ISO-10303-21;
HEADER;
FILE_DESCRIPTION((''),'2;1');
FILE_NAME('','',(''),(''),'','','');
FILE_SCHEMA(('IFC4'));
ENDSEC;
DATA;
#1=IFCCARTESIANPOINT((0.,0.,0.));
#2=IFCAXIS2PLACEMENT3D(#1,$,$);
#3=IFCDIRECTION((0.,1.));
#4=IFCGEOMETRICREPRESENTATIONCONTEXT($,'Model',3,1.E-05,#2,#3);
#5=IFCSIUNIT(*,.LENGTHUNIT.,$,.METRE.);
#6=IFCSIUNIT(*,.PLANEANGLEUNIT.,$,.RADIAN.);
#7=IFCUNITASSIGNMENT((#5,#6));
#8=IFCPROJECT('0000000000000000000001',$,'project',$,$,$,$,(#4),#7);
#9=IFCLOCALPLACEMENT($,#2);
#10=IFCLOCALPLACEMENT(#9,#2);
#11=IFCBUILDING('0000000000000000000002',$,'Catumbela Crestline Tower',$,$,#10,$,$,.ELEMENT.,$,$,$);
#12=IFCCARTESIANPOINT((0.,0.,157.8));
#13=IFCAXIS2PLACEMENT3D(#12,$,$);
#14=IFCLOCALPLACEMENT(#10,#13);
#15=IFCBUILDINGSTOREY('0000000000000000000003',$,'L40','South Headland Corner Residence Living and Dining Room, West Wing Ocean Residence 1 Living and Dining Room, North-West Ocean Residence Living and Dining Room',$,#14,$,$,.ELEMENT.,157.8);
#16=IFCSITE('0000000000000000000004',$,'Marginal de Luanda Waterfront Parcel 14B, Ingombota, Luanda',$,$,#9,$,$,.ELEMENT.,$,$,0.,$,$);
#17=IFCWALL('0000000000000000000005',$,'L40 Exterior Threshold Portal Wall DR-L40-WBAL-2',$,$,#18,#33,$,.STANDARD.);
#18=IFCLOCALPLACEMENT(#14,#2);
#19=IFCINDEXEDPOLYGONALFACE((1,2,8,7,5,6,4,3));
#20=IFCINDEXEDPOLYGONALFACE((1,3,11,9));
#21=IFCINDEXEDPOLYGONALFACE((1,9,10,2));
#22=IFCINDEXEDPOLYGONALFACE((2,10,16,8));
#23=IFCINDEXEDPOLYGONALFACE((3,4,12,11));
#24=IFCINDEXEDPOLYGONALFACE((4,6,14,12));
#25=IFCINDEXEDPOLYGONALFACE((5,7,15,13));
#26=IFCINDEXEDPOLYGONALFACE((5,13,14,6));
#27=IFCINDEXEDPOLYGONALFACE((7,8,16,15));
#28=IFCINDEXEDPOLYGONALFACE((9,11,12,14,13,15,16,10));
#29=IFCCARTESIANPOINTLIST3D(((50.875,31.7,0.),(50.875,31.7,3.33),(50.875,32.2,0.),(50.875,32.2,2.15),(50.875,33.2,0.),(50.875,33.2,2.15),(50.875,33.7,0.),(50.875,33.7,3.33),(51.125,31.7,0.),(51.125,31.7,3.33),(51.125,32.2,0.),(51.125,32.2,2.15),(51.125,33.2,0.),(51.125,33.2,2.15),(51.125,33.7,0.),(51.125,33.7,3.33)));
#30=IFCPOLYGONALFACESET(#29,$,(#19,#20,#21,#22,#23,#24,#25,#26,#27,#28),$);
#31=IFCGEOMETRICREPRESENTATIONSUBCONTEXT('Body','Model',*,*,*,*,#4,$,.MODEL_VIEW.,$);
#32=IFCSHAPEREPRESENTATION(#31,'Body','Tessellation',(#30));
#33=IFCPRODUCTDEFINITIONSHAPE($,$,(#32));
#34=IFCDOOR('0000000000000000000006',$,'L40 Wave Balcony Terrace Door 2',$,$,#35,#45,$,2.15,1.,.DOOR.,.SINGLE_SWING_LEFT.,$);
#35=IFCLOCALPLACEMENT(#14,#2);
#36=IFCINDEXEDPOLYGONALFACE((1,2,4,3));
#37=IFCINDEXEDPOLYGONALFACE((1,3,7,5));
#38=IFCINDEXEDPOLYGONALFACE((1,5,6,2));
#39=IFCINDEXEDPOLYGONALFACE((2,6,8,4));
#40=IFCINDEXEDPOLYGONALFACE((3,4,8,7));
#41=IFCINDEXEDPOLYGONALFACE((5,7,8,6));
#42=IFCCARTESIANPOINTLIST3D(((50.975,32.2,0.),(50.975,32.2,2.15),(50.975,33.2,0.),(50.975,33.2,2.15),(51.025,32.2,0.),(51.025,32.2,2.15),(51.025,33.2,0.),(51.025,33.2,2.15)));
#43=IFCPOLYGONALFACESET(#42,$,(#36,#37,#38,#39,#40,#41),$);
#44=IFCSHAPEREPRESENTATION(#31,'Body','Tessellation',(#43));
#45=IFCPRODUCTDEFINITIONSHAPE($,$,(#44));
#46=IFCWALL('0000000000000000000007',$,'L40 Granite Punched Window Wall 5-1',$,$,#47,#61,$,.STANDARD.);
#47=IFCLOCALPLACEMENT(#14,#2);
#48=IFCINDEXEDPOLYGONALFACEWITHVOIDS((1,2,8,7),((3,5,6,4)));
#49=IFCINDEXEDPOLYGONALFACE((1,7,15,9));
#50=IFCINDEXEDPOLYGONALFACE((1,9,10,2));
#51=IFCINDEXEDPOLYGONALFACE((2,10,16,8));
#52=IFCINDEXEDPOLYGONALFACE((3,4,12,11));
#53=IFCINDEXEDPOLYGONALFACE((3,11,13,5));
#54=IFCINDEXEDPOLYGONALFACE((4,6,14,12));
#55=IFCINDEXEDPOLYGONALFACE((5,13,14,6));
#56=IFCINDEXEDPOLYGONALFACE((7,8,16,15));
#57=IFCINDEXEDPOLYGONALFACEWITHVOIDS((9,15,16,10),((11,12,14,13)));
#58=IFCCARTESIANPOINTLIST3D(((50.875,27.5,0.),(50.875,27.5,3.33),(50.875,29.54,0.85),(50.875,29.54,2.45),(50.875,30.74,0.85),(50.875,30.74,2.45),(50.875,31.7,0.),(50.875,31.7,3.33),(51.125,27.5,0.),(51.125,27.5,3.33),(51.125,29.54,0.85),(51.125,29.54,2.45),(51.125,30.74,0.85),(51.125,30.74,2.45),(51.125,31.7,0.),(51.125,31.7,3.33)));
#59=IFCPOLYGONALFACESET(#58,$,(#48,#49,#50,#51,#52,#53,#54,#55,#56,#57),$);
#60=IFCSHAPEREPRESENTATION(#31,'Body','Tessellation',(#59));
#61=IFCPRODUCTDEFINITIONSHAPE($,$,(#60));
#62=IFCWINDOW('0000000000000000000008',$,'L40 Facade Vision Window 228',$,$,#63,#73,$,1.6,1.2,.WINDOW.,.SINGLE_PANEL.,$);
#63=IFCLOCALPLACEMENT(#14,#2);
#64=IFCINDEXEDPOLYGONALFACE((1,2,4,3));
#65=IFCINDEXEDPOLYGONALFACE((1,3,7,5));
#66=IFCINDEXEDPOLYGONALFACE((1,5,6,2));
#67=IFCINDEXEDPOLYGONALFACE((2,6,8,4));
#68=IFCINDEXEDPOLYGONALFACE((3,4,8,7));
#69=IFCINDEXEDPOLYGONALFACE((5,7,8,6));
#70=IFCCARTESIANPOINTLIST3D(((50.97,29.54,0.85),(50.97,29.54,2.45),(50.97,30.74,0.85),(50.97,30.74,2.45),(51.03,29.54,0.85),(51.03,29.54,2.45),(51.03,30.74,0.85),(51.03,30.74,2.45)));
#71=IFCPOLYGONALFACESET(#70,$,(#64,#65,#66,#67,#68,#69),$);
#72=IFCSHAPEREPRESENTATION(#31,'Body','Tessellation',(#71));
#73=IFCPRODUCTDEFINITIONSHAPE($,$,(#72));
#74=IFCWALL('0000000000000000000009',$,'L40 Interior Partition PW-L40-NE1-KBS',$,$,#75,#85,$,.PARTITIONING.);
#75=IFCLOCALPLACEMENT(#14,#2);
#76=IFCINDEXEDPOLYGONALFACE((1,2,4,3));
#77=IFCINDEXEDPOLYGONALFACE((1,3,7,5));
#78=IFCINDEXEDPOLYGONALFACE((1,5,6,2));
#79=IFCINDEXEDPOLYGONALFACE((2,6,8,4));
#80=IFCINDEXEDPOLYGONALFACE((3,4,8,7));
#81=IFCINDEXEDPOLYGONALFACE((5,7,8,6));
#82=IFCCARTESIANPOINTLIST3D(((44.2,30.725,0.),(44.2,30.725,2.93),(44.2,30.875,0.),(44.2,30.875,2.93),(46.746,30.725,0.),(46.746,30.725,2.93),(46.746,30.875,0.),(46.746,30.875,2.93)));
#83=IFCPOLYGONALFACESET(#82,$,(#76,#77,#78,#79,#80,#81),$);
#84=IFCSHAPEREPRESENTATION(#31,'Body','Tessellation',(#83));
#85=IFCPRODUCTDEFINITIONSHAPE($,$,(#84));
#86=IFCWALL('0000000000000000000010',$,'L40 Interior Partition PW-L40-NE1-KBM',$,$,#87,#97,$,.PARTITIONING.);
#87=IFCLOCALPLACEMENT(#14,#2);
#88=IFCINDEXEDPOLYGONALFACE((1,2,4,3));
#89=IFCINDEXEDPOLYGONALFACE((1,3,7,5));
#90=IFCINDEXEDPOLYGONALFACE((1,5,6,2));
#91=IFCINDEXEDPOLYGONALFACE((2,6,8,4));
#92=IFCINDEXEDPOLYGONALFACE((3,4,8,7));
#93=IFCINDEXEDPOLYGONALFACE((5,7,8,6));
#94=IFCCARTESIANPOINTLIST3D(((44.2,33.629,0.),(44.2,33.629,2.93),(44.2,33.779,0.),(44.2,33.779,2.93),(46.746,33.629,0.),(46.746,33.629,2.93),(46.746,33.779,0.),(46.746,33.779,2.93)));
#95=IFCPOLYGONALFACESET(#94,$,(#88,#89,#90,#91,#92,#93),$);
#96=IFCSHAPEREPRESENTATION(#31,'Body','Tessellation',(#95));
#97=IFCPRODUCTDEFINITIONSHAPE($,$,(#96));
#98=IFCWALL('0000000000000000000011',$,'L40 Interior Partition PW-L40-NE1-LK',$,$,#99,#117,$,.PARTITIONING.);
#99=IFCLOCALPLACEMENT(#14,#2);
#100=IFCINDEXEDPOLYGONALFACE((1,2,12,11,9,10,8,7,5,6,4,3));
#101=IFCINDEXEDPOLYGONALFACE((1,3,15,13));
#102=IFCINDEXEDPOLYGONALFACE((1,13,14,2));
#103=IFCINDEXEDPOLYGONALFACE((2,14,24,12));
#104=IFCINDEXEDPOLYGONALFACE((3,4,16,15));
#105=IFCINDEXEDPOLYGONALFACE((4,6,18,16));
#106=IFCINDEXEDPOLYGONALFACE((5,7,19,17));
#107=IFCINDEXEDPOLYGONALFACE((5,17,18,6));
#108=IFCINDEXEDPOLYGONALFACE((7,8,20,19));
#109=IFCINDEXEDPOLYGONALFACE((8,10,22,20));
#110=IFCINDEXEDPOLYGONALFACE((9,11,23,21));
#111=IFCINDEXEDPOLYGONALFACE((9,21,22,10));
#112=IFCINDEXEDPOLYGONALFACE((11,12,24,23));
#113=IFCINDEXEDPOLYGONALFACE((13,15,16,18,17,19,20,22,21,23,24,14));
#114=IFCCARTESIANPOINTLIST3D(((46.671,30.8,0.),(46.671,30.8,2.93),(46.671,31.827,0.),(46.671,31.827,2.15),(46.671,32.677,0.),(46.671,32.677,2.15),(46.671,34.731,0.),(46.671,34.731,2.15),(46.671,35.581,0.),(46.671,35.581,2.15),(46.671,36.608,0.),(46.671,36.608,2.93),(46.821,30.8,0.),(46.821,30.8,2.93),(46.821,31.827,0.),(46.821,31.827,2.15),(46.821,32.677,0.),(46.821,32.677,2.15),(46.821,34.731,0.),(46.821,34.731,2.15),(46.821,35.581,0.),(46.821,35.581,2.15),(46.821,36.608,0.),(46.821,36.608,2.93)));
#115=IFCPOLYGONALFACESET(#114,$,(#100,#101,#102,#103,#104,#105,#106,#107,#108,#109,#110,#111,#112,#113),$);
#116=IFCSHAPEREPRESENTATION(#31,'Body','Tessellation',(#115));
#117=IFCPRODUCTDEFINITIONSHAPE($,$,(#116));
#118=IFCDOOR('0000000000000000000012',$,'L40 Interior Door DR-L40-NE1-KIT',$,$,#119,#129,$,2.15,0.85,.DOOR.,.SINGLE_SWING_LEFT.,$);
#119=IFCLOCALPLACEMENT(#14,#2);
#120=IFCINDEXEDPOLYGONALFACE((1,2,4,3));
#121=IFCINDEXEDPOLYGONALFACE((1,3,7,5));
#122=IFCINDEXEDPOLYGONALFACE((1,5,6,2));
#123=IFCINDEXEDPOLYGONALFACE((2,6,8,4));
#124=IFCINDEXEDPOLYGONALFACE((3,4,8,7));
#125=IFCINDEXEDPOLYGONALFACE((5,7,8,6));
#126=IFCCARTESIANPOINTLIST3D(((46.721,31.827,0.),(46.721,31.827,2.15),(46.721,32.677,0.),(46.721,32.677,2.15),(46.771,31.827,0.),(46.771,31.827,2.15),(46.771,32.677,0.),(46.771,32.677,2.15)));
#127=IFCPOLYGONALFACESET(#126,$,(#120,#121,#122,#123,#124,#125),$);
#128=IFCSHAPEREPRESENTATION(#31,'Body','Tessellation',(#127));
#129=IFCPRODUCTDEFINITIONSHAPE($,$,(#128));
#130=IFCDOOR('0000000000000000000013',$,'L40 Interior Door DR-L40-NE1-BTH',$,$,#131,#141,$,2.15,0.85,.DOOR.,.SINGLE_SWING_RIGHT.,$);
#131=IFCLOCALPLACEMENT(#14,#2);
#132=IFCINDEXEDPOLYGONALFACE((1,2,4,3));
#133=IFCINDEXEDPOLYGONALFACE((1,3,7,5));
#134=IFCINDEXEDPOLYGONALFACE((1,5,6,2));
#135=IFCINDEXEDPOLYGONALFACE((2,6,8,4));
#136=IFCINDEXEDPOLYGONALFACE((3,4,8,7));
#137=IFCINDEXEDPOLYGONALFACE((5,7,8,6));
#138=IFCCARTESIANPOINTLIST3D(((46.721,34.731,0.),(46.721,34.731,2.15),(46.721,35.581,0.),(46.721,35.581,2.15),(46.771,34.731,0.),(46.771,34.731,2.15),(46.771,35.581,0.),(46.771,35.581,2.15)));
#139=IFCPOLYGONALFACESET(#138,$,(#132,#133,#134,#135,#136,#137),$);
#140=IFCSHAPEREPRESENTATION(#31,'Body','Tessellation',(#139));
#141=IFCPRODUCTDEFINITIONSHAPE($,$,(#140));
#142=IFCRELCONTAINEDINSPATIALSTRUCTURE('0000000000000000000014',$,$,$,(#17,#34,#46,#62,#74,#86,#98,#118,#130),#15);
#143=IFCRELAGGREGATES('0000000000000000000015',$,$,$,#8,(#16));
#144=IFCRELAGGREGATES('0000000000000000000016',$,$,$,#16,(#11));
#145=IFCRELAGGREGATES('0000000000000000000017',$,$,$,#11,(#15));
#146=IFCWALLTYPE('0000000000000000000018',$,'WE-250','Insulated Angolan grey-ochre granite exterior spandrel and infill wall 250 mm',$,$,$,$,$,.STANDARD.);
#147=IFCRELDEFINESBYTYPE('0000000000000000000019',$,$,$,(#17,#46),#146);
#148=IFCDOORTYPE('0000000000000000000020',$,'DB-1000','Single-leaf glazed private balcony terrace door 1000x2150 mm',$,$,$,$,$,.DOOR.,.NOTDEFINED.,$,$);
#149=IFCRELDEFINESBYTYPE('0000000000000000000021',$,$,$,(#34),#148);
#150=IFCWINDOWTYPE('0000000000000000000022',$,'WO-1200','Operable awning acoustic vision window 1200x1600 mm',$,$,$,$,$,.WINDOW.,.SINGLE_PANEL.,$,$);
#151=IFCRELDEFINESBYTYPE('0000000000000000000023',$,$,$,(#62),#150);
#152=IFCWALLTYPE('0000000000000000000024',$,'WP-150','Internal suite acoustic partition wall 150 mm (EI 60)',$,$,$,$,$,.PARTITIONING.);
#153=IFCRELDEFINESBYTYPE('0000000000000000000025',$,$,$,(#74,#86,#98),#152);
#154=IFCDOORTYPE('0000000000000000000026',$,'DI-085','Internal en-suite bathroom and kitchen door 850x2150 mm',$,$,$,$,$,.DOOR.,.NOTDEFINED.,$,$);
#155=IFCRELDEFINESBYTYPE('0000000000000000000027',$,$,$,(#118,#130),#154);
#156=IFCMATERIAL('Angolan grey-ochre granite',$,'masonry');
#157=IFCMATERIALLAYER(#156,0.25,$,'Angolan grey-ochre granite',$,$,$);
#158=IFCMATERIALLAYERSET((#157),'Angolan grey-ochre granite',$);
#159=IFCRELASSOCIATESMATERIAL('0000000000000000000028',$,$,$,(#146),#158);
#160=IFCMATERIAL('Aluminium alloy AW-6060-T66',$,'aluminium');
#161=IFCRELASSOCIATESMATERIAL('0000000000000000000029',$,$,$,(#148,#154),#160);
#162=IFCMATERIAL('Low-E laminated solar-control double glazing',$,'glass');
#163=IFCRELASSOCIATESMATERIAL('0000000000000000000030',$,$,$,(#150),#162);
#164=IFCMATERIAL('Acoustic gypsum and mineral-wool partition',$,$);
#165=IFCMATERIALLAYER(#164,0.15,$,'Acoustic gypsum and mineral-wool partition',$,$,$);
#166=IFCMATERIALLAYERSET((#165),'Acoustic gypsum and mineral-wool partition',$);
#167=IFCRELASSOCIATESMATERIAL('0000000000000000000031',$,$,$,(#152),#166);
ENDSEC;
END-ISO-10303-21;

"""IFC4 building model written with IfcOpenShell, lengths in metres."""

from ifc_helpers import new_model, si_unit, direction, frame, frame_2d, origin, place, context, subcontext, project, spatial, rectangle, extrude, material, layer, layer_set, type_object, element, fill, save


model = new_model("IFC4")

# Units and contexts
model_context = context("Model", 3, precision=1e-05, world=origin(), true_north=direction((0.0, 1.0)))
body_context = subcontext(model_context, "Body", "Model", "MODEL_VIEW")
ifc_project = project(units=[si_unit("LENGTHUNIT", "METRE"), si_unit("PLANEANGLEUNIT", "RADIAN")], contexts=[model_context])

# Site, building, storey
site_placement = place(None, origin())
site = spatial("IfcSite", under=ifc_project, at=site_placement, Name="Marginal de Luanda Waterfront Parcel 14B, Ingombota, Luanda", CompositionType="ELEMENT", RefElevation=0.0)
building_placement = place(site_placement, origin())
building = spatial("IfcBuilding", under=site, at=building_placement, Name="Catumbela Crestline Tower", CompositionType="ELEMENT")
storey_placement = place(building_placement, frame((0.0, 0.0, 157.8)))
storey = spatial("IfcBuildingStorey", under=building, at=storey_placement, Name="L40", Description="South Headland Corner Residence Living and Dining Room, West Wing Ocean Residence 1 Living and Dining Room, North-West Ocean Residence Living and Dining Room", CompositionType="ELEMENT", Elevation=157.8)

# Shared definitions
ifc_material_1 = material(Name="Aluminium alloy AW-6060-T66", Category="aluminium")

# Shared definitions
ifc_material_2 = material(Name="Low-E laminated solar-control double glazing", Category="glass")

# Wall, opening, door
ifc_material_3 = material(Name="Acoustic gypsum and mineral-wool partition")
ifc_material_4 = material(Name="Angolan grey-ochre granite", Category="masonry")
ifc_layer_1 = layer(ifc_material_4, 0.25, Name="Angolan grey-ochre granite")
ifc_layer_set_1 = layer_set([ifc_layer_1], Name="Angolan grey-ochre granite")
wall_type_1 = type_object("IfcWallType", Name="WE-250", Description="Insulated Angolan grey-ochre granite exterior spandrel and infill wall 250 mm", PredefinedType="STANDARD", material=ifc_layer_set_1)
wall_1_placement = place(storey_placement, frame((51.0, 31.7, 0.0), z_axis=(0.0, 0.0, 1.0), x_axis=(0.0, 1.0, 0.0)))
wall_1 = element("IfcWall", 1, at=wall_1_placement, inside=storey, type_object=wall_type_1, Name="L40 Exterior Threshold Portal Wall DR-L40-WBAL-2", PredefinedType="STANDARD", context=body_context, shape_type="SweptSolid", body=[
    extrude(rectangle(XDim=2.0, YDim=0.25, at=frame_2d((1.0, 0.0))), origin(), (0.0, 0.0, 1.0), 3.33),
])
opening_1_placement = place(wall_1_placement, frame((0.5, 0.0, 0.0)))
opening_1 = element("IfcOpeningElement", 2, at=opening_1_placement, cuts=wall_1, PredefinedType="OPENING", context=body_context, shape_type="SweptSolid", body=[
    extrude(rectangle(XDim=1.0, YDim=2.15, at=frame_2d((0.5, 1.075))), frame((0.0, 0.135, 0.0), z_axis=(0.0, -1.0, 0.0), x_axis=(1.0, 0.0, 0.0)), (0.0, 0.0, 1.0), 0.27),
])
door_type_1 = type_object("IfcDoorType", Name="DB-1000", Description="Single-leaf glazed private balcony terrace door 1000x2150 mm", OperationType="NOTDEFINED", PredefinedType="DOOR", material=ifc_material_1)
door_1_placement = place(opening_1_placement, origin())
door_1 = element("IfcDoor", 3, at=door_1_placement, inside=storey, type_object=door_type_1, Name="L40 Wave Balcony Terrace Door 2", OperationType="SINGLE_SWING_LEFT", OverallHeight=2.15, OverallWidth=1.0, PredefinedType="DOOR", context=body_context, shape_type="SweptSolid", body=[
    extrude(rectangle(XDim=1.0, YDim=2.15, at=frame_2d((0.5, 1.075))), frame((0.0, 0.025, 0.0), z_axis=(0.0, -1.0, 0.0), x_axis=(1.0, 0.0, 0.0)), (0.0, 0.0, 1.0), 0.05),
])
fill(opening_1, door_1)

# Wall, opening, window
wall_2_placement = place(storey_placement, frame((51.0, 27.5, 0.0), z_axis=(0.0, 0.0, 1.0), x_axis=(0.0, 1.0, 0.0)))
wall_2 = element("IfcWall", 4, at=wall_2_placement, inside=storey, type_object=wall_type_1, Name="L40 Granite Punched Window Wall 5-1", PredefinedType="STANDARD", context=body_context, shape_type="SweptSolid", body=[
    extrude(rectangle(XDim=4.2, YDim=0.25, at=frame_2d((2.1, 0.0))), origin(), (0.0, 0.0, 1.0), 3.33),
])
opening_2_placement = place(wall_2_placement, frame((2.04, 0.0, 0.85)))
opening_2 = element("IfcOpeningElement", 5, at=opening_2_placement, cuts=wall_2, PredefinedType="OPENING", context=body_context, shape_type="SweptSolid", body=[
    extrude(rectangle(XDim=1.2, YDim=1.6, at=frame_2d((0.6, 0.8))), frame((0.0, 0.135, 0.0), z_axis=(0.0, -1.0, 0.0), x_axis=(1.0, 0.0, 0.0)), (0.0, 0.0, 1.0), 0.27),
])
window_type = type_object("IfcWindowType", Name="WO-1200", Description="Operable awning acoustic vision window 1200x1600 mm", PartitioningType="SINGLE_PANEL", PredefinedType="WINDOW", material=ifc_material_2)
window_placement = place(opening_2_placement, origin())
window = element("IfcWindow", 6, at=window_placement, inside=storey, type_object=window_type, Name="L40 Facade Vision Window 228", OverallHeight=1.6, OverallWidth=1.2, PartitioningType="SINGLE_PANEL", PredefinedType="WINDOW", context=body_context, shape_type="SweptSolid", body=[
    extrude(rectangle(XDim=1.2, YDim=1.6, at=frame_2d((0.6, 0.8))), frame((0.0, 0.03, 0.0), z_axis=(0.0, -1.0, 0.0), x_axis=(1.0, 0.0, 0.0)), (0.0, 0.0, 1.0), 0.06),
])
fill(opening_2, window)

# Walls
ifc_layer_2 = layer(ifc_material_3, 0.15, Name="Acoustic gypsum and mineral-wool partition")
ifc_layer_set_2 = layer_set([ifc_layer_2], Name="Acoustic gypsum and mineral-wool partition")
wall_type_2 = type_object("IfcWallType", Name="WP-150", Description="Internal suite acoustic partition wall 150 mm (EI 60)", PredefinedType="PARTITIONING", material=ifc_layer_set_2)
for number, where, z_axis, x_axis, name in (
    (7, (44.2, 30.8, 0.0), (0.0, 0.0, 1.0), (1.0, 0.0, 0.0), "L40 Interior Partition PW-L40-NE1-KBS"),
    (8, (44.2, 33.704, 0.0), (0.0, 0.0, 1.0), (1.0, 0.0, 0.0), "L40 Interior Partition PW-L40-NE1-KBM"),
):
    element("IfcWall", number, at=place(storey_placement, frame(where, z_axis=z_axis, x_axis=x_axis)), inside=storey, type_object=wall_type_2, Name=name, PredefinedType="PARTITIONING", context=body_context, shape_type="SweptSolid", body=[
        extrude(rectangle(XDim=2.546, YDim=0.15, at=frame_2d((1.273, 0.0))), origin(), (0.0, 0.0, 1.0), 2.93),
    ])

# Wall, openings, doors
wall_3_placement = place(storey_placement, frame((46.746, 30.8, 0.0), z_axis=(0.0, 0.0, 1.0), x_axis=(0.0, 1.0, 0.0)))
wall_3 = element("IfcWall", 9, at=wall_3_placement, inside=storey, type_object=wall_type_2, Name="L40 Interior Partition PW-L40-NE1-LK", PredefinedType="PARTITIONING", context=body_context, shape_type="SweptSolid", body=[
    extrude(rectangle(XDim=5.808, YDim=0.15, at=frame_2d((2.904, 0.0))), origin(), (0.0, 0.0, 1.0), 2.93),
])
opening_3_placement = place(wall_3_placement, frame((1.027, 0.0, 0.0)))
opening_3 = element("IfcOpeningElement", 10, at=opening_3_placement, cuts=wall_3, PredefinedType="OPENING", context=body_context, shape_type="SweptSolid", body=[
    extrude(rectangle(XDim=0.85, YDim=2.15, at=frame_2d((0.425, 1.075))), frame((0.0, 0.085, 0.0), z_axis=(0.0, -1.0, 0.0), x_axis=(1.0, 0.0, 0.0)), (0.0, 0.0, 1.0), 0.17),
])
opening_4_placement = place(wall_3_placement, frame((3.931, 0.0, 0.0)))
opening_4 = element("IfcOpeningElement", 11, at=opening_4_placement, cuts=wall_3, PredefinedType="OPENING", context=body_context, shape_type="SweptSolid", body=[
    extrude(rectangle(XDim=0.85, YDim=2.15, at=frame_2d((0.425, 1.075))), frame((0.0, 0.085, 0.0), z_axis=(0.0, -1.0, 0.0), x_axis=(1.0, 0.0, 0.0)), (0.0, 0.0, 1.0), 0.17),
])
door_type_2 = type_object("IfcDoorType", Name="DI-085", Description="Internal en-suite bathroom and kitchen door 850x2150 mm", OperationType="NOTDEFINED", PredefinedType="DOOR", material=ifc_material_1)
door_2_placement = place(opening_3_placement, origin())
door_2 = element("IfcDoor", 12, at=door_2_placement, inside=storey, type_object=door_type_2, Name="L40 Interior Door DR-L40-NE1-KIT", OperationType="SINGLE_SWING_LEFT", OverallHeight=2.15, OverallWidth=0.85, PredefinedType="DOOR", context=body_context, shape_type="SweptSolid", body=[
    extrude(rectangle(XDim=0.85, YDim=2.15, at=frame_2d((0.425, 1.075))), frame((0.0, 0.025, 0.0), z_axis=(0.0, -1.0, 0.0), x_axis=(1.0, 0.0, 0.0)), (0.0, 0.0, 1.0), 0.05),
])
fill(opening_3, door_2)
door_3_placement = place(opening_4_placement, origin())
door_3 = element("IfcDoor", 13, at=door_3_placement, inside=storey, type_object=door_type_2, Name="L40 Interior Door DR-L40-NE1-BTH", OperationType="SINGLE_SWING_RIGHT", OverallHeight=2.15, OverallWidth=0.85, PredefinedType="DOOR", context=body_context, shape_type="SweptSolid", body=[
    extrude(rectangle(XDim=0.85, YDim=2.15, at=frame_2d((0.425, 1.075))), frame((0.0, 0.025, 0.0), z_axis=(0.0, -1.0, 0.0), x_axis=(1.0, 0.0, 0.0)), (0.0, 0.0, 1.0), 0.05),
])
fill(opening_4, door_3)

save(model, "model.ifc")
